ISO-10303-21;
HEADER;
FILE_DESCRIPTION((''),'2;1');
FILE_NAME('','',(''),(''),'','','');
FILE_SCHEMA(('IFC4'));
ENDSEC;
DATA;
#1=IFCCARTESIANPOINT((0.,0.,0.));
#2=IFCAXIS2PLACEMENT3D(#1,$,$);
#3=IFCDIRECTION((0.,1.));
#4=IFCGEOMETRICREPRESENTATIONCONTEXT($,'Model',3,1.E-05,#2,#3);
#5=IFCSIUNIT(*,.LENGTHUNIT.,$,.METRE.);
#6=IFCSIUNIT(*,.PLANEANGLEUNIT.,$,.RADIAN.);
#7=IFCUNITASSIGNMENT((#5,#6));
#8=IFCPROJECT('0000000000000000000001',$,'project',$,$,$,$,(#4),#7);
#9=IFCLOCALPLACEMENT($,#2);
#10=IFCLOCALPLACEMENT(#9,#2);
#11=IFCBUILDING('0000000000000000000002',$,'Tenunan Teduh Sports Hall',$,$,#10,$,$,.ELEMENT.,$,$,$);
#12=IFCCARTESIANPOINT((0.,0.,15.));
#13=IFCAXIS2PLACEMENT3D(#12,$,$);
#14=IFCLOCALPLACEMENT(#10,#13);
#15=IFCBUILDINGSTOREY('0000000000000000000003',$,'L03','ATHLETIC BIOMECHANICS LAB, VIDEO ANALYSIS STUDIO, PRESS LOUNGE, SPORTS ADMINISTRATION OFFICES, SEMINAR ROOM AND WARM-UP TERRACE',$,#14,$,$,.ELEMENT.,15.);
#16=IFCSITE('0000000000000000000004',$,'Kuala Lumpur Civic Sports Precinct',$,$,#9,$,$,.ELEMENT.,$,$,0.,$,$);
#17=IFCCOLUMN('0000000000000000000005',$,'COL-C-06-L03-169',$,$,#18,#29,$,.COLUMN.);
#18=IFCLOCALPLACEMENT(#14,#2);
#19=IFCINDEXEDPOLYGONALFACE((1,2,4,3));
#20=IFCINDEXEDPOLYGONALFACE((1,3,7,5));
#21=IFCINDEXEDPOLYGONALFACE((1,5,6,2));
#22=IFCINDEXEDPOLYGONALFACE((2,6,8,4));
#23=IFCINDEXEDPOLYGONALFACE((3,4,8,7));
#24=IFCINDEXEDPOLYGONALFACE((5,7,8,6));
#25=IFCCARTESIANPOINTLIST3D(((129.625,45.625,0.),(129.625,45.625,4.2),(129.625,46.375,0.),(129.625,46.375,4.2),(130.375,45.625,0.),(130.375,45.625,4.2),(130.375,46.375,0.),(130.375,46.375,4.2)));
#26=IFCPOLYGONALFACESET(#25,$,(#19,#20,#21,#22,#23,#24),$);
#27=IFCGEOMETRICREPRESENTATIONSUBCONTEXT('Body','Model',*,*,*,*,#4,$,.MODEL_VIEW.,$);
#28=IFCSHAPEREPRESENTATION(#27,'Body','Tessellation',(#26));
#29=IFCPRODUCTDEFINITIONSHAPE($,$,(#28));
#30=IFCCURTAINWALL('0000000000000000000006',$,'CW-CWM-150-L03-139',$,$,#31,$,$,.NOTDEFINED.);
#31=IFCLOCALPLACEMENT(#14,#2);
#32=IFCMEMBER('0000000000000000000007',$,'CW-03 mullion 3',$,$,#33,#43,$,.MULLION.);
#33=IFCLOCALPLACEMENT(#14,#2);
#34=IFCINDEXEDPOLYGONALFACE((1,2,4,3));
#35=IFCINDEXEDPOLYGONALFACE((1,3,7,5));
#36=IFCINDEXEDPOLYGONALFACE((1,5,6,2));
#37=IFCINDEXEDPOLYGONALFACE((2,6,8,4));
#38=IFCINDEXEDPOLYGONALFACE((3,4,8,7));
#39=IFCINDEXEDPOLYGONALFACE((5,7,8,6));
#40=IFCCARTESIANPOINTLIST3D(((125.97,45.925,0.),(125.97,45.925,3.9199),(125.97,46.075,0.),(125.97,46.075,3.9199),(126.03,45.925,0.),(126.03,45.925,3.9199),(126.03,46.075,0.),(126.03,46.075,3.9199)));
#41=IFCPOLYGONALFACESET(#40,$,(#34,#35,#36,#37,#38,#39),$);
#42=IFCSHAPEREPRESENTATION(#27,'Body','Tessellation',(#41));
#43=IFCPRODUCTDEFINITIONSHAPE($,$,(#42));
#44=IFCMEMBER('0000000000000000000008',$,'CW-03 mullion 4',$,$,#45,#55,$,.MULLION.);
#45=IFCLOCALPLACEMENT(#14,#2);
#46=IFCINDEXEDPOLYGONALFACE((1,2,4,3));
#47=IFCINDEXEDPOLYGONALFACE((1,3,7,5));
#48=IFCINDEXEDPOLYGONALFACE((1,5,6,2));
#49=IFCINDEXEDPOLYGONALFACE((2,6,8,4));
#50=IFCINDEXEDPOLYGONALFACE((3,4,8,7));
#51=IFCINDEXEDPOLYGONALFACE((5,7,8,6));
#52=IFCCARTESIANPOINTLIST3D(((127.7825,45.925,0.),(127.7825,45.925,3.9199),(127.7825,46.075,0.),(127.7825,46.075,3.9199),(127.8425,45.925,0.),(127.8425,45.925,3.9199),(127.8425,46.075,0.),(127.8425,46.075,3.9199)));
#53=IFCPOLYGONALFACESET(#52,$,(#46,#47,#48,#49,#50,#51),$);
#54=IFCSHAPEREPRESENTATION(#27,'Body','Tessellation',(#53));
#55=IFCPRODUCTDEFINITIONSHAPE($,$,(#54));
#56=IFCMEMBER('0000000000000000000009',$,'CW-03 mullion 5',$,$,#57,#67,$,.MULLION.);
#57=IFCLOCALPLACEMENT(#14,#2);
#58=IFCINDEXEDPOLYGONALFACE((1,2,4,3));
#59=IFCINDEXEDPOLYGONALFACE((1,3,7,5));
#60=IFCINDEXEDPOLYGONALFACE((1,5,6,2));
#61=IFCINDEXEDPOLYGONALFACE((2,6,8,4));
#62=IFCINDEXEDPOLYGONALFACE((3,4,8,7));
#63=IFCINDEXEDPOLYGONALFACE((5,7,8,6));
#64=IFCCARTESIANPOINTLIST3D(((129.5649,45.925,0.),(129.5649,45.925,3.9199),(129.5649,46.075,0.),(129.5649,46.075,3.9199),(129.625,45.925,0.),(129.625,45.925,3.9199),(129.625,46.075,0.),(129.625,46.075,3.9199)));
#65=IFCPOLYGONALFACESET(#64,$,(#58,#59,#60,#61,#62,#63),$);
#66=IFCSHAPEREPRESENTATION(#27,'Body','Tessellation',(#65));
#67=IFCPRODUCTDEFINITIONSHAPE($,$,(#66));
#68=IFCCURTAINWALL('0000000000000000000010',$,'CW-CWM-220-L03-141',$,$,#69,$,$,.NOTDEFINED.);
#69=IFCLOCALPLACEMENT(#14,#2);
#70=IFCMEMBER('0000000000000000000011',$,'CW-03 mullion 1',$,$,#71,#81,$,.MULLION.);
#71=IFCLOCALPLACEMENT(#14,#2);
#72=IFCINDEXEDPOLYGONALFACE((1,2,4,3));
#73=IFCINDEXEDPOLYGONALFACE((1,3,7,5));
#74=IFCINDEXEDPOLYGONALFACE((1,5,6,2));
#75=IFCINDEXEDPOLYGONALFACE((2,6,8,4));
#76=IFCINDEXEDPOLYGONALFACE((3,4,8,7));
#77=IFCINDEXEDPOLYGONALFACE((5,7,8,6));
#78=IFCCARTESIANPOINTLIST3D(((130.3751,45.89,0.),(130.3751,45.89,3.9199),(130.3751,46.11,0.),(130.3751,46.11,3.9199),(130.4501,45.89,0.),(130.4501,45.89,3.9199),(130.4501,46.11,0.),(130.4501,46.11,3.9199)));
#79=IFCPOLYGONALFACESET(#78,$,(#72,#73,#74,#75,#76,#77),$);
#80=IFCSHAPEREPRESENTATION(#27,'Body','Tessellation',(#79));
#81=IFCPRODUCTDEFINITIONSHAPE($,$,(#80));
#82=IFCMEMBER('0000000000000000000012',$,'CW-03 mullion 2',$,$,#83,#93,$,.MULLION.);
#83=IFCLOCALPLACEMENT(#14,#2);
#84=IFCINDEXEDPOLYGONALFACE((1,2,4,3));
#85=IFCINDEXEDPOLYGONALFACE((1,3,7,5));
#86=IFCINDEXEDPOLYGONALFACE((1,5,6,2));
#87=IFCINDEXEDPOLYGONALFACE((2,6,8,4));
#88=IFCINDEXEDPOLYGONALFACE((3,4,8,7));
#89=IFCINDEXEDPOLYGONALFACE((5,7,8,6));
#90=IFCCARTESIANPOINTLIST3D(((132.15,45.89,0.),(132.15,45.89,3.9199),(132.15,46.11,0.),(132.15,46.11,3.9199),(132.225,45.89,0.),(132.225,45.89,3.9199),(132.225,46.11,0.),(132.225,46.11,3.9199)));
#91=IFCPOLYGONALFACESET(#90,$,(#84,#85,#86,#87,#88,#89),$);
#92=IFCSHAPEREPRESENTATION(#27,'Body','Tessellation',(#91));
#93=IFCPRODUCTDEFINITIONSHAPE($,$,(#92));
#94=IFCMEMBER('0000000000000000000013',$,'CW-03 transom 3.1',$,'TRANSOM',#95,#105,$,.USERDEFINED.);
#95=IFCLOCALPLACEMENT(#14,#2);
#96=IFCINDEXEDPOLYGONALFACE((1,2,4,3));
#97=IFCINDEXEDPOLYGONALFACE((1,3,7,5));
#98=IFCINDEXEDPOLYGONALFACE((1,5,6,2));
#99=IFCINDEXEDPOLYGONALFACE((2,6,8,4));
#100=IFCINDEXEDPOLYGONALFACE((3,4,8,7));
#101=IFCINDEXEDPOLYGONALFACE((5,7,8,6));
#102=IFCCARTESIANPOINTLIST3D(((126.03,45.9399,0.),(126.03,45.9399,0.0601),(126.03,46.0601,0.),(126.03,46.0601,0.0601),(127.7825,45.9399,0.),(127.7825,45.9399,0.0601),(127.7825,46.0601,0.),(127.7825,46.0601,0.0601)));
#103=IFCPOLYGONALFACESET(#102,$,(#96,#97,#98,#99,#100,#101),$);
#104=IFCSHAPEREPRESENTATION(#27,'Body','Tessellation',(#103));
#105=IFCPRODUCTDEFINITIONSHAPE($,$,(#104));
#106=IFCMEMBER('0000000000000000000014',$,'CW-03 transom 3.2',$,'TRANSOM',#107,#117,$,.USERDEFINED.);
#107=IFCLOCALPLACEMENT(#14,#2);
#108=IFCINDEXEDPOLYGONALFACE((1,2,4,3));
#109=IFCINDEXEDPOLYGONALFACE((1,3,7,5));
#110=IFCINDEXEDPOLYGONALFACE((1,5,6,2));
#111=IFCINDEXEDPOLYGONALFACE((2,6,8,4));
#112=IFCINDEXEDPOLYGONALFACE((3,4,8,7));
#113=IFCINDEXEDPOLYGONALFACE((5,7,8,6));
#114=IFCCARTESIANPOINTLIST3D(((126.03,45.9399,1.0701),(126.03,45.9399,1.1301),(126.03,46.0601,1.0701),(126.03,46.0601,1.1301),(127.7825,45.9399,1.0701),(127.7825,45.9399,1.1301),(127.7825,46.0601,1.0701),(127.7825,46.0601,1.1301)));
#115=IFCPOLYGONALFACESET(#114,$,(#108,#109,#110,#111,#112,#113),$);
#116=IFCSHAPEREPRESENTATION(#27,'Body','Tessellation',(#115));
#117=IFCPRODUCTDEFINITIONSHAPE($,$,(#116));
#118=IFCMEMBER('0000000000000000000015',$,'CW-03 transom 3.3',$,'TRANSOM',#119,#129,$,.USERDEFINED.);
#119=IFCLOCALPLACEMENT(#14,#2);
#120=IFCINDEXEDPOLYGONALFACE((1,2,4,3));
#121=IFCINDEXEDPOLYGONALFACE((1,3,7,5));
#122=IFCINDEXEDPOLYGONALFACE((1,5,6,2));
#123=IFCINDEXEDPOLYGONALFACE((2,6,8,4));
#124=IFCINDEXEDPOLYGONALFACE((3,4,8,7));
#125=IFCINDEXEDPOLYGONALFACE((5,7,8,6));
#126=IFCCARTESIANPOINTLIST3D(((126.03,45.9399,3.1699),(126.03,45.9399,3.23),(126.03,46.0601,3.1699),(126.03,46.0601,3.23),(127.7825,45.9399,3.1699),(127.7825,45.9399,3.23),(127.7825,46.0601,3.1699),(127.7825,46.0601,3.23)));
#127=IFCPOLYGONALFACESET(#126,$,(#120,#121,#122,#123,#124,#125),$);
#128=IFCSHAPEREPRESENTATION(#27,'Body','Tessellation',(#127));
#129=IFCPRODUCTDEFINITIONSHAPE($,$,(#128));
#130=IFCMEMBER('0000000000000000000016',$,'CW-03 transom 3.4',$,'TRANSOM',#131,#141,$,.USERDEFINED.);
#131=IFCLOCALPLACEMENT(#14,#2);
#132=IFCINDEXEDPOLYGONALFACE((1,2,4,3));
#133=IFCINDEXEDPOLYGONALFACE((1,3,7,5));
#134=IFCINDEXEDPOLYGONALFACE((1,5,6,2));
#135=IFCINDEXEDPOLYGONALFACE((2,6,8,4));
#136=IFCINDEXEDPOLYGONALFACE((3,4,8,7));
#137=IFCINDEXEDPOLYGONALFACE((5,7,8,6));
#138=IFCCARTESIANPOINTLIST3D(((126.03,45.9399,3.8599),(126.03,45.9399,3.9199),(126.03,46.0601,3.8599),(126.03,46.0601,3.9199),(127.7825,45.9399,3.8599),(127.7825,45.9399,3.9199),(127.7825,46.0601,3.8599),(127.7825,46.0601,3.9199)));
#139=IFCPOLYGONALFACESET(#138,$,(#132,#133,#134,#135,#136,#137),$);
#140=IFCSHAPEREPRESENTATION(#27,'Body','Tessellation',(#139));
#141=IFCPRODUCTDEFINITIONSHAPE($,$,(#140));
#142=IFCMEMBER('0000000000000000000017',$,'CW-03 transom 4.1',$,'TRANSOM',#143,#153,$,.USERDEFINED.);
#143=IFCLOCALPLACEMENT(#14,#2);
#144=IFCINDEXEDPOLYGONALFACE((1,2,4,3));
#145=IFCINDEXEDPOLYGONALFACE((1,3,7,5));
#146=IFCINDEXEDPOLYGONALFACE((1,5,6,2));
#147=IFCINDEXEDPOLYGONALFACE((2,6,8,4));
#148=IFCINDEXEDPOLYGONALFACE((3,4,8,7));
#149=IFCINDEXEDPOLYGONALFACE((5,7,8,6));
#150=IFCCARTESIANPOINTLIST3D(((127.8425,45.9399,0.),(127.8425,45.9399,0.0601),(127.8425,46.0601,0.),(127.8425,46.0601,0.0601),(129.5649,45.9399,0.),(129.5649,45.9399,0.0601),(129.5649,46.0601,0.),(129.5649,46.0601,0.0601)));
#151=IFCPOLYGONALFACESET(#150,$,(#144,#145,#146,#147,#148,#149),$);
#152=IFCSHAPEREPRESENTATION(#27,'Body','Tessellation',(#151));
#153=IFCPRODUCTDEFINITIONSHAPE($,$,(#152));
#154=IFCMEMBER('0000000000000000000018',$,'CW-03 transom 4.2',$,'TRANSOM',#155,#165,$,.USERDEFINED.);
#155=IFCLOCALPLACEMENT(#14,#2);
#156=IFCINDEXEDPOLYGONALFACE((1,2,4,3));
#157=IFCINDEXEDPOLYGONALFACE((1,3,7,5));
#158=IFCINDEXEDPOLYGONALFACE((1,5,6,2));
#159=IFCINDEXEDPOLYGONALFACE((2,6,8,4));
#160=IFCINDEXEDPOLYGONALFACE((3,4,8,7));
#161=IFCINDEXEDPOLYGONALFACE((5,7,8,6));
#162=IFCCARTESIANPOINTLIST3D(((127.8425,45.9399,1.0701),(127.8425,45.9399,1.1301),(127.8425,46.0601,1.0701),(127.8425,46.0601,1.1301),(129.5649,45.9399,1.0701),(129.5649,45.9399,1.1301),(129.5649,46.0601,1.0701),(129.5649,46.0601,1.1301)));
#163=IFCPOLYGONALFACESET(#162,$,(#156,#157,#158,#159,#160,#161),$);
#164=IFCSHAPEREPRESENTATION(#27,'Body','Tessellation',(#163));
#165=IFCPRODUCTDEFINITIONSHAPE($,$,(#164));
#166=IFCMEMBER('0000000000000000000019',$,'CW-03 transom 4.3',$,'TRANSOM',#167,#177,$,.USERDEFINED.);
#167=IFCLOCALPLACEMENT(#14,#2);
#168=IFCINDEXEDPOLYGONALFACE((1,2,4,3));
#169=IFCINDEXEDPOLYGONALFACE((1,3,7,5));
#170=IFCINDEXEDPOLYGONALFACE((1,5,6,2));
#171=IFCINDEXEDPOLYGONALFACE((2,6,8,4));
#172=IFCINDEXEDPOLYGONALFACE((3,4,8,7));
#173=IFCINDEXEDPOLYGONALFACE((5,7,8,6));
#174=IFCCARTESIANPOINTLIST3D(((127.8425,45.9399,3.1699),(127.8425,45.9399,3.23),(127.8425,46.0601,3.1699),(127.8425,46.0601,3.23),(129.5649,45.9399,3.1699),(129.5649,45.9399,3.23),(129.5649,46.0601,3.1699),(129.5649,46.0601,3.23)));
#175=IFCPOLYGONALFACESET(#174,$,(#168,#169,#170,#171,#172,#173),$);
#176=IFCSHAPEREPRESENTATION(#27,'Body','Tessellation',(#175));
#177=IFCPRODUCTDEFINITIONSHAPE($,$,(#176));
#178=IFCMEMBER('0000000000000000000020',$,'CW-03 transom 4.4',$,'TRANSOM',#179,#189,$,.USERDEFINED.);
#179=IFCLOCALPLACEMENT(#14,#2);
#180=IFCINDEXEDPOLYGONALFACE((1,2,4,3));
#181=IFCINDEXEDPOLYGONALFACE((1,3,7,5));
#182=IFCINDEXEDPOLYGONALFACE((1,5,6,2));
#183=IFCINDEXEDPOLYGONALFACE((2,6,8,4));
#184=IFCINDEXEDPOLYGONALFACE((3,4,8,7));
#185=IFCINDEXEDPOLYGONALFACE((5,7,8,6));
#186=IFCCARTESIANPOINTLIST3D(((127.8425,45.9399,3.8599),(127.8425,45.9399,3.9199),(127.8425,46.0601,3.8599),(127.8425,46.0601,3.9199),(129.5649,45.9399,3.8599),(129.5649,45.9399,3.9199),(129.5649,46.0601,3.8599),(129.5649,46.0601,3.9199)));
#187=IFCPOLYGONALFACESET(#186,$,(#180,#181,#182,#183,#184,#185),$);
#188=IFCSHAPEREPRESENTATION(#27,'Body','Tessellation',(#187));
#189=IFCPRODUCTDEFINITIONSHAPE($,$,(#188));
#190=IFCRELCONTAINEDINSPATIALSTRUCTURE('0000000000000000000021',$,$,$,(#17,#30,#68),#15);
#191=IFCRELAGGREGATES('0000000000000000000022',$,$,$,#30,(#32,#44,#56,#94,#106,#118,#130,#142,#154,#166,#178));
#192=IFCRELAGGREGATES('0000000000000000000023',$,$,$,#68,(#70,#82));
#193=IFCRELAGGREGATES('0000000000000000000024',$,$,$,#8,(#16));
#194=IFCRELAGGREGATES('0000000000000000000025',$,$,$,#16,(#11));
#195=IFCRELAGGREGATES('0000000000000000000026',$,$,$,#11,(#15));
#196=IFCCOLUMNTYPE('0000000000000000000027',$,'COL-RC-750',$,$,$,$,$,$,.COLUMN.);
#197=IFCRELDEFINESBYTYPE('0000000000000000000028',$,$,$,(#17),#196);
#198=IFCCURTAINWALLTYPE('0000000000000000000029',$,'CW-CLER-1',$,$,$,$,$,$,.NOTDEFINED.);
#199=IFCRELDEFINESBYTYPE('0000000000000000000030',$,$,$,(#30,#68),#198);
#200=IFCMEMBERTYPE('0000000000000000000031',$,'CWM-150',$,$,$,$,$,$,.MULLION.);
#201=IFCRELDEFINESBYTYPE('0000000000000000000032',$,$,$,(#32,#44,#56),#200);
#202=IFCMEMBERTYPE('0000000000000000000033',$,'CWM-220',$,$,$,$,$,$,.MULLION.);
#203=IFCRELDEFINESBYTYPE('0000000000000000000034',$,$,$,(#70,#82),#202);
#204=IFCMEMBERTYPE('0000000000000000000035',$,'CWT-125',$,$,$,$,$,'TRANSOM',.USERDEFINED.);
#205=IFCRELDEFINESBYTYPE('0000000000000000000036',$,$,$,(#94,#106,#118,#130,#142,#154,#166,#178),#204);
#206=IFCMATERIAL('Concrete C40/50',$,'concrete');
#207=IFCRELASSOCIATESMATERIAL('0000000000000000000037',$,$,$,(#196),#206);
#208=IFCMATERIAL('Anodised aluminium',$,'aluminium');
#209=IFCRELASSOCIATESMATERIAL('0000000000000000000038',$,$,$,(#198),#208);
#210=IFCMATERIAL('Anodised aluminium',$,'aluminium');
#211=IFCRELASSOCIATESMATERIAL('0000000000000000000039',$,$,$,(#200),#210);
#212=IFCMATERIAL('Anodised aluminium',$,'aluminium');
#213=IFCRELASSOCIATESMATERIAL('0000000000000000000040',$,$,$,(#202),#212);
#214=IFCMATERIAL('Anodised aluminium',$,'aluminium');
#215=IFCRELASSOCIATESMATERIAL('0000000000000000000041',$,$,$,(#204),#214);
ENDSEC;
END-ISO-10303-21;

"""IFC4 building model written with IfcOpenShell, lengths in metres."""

from ifc_helpers import new_model, si_unit, direction, frame, origin, origin_2d, place, context, subcontext, project, spatial, rectangle, extrude, material, material_profile, profile_set, type_object, element, aggregate, save


model = new_model("IFC4")

# Units and contexts
model_context = context("Model", 3, precision=1e-05, world=origin(), true_north=direction((0.0, 1.0)))
body_context = subcontext(model_context, "Body", "Model", "MODEL_VIEW")
ifc_project = project(units=[si_unit("LENGTHUNIT", "METRE"), si_unit("PLANEANGLEUNIT", "RADIAN")], contexts=[model_context])

# Site, building, storey
site_placement = place(None, origin())
site = spatial("IfcSite", under=ifc_project, at=site_placement, Name="Kuala Lumpur Civic Sports Precinct", CompositionType="ELEMENT", RefElevation=0.0)
building_placement = place(site_placement, origin())
building = spatial("IfcBuilding", under=site, at=building_placement, Name="Tenunan Teduh Sports Hall", CompositionType="ELEMENT")
storey_placement = place(building_placement, frame((0.0, 0.0, 15.0)))
storey = spatial("IfcBuildingStorey", under=building, at=storey_placement, Name="L03", Description="ATHLETIC BIOMECHANICS LAB, VIDEO ANALYSIS STUDIO, PRESS LOUNGE, SPORTS ADMINISTRATION OFFICES, SEMINAR ROOM AND WARM-UP TERRACE", CompositionType="ELEMENT", Elevation=15.0)

# Column
ifc_material_1 = material(Name="Concrete C40/50", Category="concrete")
ifc_material_profile_1 = material_profile(ifc_material_1, rectangle(XDim=0.75, YDim=0.75, at=origin_2d()), Name="RC 750x750")
ifc_profile_set_1 = profile_set([ifc_material_profile_1], Name="Concrete C40/50")
column_type = type_object("IfcColumnType", Name="COL-RC-750", PredefinedType="COLUMN", material=ifc_profile_set_1)
column_placement = place(storey_placement, frame((130.0, 46.0, 0.0), z_axis=(0.0, 0.0, 1.0), x_axis=(1.0, 0.0, 0.0)))
element("IfcColumn", 1, at=column_placement, inside=storey, type_object=column_type, Name="COL-C-06-L03-169", PredefinedType="COLUMN", context=body_context, shape_type="SweptSolid", body=[
    extrude(rectangle(XDim=0.75, YDim=0.75, at=origin_2d()), origin(), (0.0, 0.0, 1.0), 4.2),
])

# Curtain walls, members
ifc_material_2 = material(Name="Anodised aluminium", Category="aluminium")
curtain_wall_type = type_object("IfcCurtainWallType", Name="CW-CLER-1", PredefinedType="NOTDEFINED", material=ifc_material_2)
curtain_wall_1_placement = place(storey_placement, origin())
curtain_wall_1 = element("IfcCurtainWall", 2, at=curtain_wall_1_placement, inside=storey, type_object=curtain_wall_type, Name="CW-CWM-150-L03-139", PredefinedType="NOTDEFINED")
ifc_material_3 = material(Name="Anodised aluminium", Category="aluminium")
ifc_material_profile_2 = material_profile(ifc_material_3, rectangle(XDim=0.0601, YDim=0.1499, at=origin_2d()), Name="CWM 60x150")
ifc_profile_set_2 = profile_set([ifc_material_profile_2], Name="Anodised aluminium")
member_type_1 = type_object("IfcMemberType", Name="CWM-150", PredefinedType="MULLION", material=ifc_profile_set_2)
member_1_placement = place(storey_placement, frame((126.0, 46.0, 0.0), z_axis=(0.0, 0.0, 1.0), x_axis=(1.0, 0.0, 0.0)))
member_1 = element("IfcMember", 3, at=member_1_placement, type_object=member_type_1, Name="CW-03 mullion 3", PredefinedType="MULLION", context=body_context, shape_type="SweptSolid", body=[
    extrude(rectangle(XDim=0.0601, YDim=0.1499, at=origin_2d()), origin(), (0.0, 0.0, 1.0), 3.9199),
])
member_2_placement = place(storey_placement, frame((127.8125, 46.0, 0.0), z_axis=(0.0, 0.0, 1.0), x_axis=(1.0, 0.0, 0.0)))
member_2 = element("IfcMember", 4, at=member_2_placement, type_object=member_type_1, Name="CW-03 mullion 4", PredefinedType="MULLION", context=body_context, shape_type="SweptSolid", body=[
    extrude(rectangle(XDim=0.0601, YDim=0.1499, at=origin_2d()), origin(), (0.0, 0.0, 1.0), 3.9199),
])
member_3_placement = place(storey_placement, frame((129.595, 46.0, 0.0), z_axis=(0.0, 0.0, 1.0), x_axis=(1.0, 0.0, 0.0)))
member_3 = element("IfcMember", 5, at=member_3_placement, type_object=member_type_1, Name="CW-03 mullion 5", PredefinedType="MULLION", context=body_context, shape_type="SweptSolid", body=[
    extrude(rectangle(XDim=0.0601, YDim=0.1499, at=origin_2d()), origin(), (0.0, 0.0, 1.0), 3.9199),
])
curtain_wall_2_placement = place(storey_placement, origin())
curtain_wall_2 = element("IfcCurtainWall", 6, at=curtain_wall_2_placement, inside=storey, type_object=curtain_wall_type, Name="CW-CWM-220-L03-141", PredefinedType="NOTDEFINED")
ifc_material_4 = material(Name="Anodised aluminium", Category="aluminium")
ifc_material_profile_3 = material_profile(ifc_material_4, rectangle(XDim=0.075, YDim=0.22, at=origin_2d()), Name="CWM 75x220")
ifc_profile_set_3 = profile_set([ifc_material_profile_3], Name="Anodised aluminium")
member_type_2 = type_object("IfcMemberType", Name="CWM-220", PredefinedType="MULLION", material=ifc_profile_set_3)
member_4_placement = place(storey_placement, frame((130.4126, 46.0, 0.0), z_axis=(0.0, 0.0, 1.0), x_axis=(1.0, 0.0, 0.0)))
member_4 = element("IfcMember", 7, at=member_4_placement, type_object=member_type_2, Name="CW-03 mullion 1", PredefinedType="MULLION", context=body_context, shape_type="SweptSolid", body=[
    extrude(rectangle(XDim=0.075, YDim=0.22, at=origin_2d()), origin(), (0.0, 0.0, 1.0), 3.9199),
])
member_5_placement = place(storey_placement, frame((132.1875, 46.0, 0.0), z_axis=(0.0, 0.0, 1.0), x_axis=(1.0, 0.0, 0.0)))
member_5 = element("IfcMember", 8, at=member_5_placement, type_object=member_type_2, Name="CW-03 mullion 2", PredefinedType="MULLION", context=body_context, shape_type="SweptSolid", body=[
    extrude(rectangle(XDim=0.075, YDim=0.22, at=origin_2d()), origin(), (0.0, 0.0, 1.0), 3.9199),
])

# Members
ifc_material_5 = material(Name="Anodised aluminium", Category="aluminium")
ifc_material_profile_4 = material_profile(ifc_material_5, rectangle(XDim=0.0601, YDim=0.1201, at=origin_2d()), Name="CWT 60x120")
ifc_profile_set_4 = profile_set([ifc_material_profile_4], Name="Anodised aluminium")
member_type_3 = type_object("IfcMemberType", Name="CWT-125", ElementType="TRANSOM", PredefinedType="USERDEFINED", material=ifc_profile_set_4)
member_6_placement = place(storey_placement, frame((126.03, 46.0, 0.03), z_axis=(1.0, 0.0, 0.0), x_axis=(0.0, 0.0, 1.0)))
member_6 = element("IfcMember", 9, at=member_6_placement, type_object=member_type_3, Name="CW-03 transom 3.1", ObjectType="TRANSOM", PredefinedType="USERDEFINED", context=body_context, shape_type="SweptSolid", body=[
    extrude(rectangle(XDim=0.0601, YDim=0.1201, at=origin_2d()), origin(), (0.0, 0.0, 1.0), 1.7524),
])
member_7_placement = place(storey_placement, frame((126.03, 46.0, 1.1001), z_axis=(1.0, 0.0, 0.0), x_axis=(0.0, 0.0, 1.0)))
member_7 = element("IfcMember", 10, at=member_7_placement, type_object=member_type_3, Name="CW-03 transom 3.2", ObjectType="TRANSOM", PredefinedType="USERDEFINED", context=body_context, shape_type="SweptSolid", body=[
    extrude(rectangle(XDim=0.0601, YDim=0.1201, at=origin_2d()), origin(), (0.0, 0.0, 1.0), 1.7524),
])
member_8_placement = place(storey_placement, frame((126.03, 46.0, 3.2), z_axis=(1.0, 0.0, 0.0), x_axis=(0.0, 0.0, 1.0)))
member_8 = element("IfcMember", 11, at=member_8_placement, type_object=member_type_3, Name="CW-03 transom 3.3", ObjectType="TRANSOM", PredefinedType="USERDEFINED", context=body_context, shape_type="SweptSolid", body=[
    extrude(rectangle(XDim=0.0601, YDim=0.1201, at=origin_2d()), origin(), (0.0, 0.0, 1.0), 1.7524),
])
member_9_placement = place(storey_placement, frame((126.03, 46.0, 3.8899), z_axis=(1.0, 0.0, 0.0), x_axis=(0.0, 0.0, 1.0)))
member_9 = element("IfcMember", 12, at=member_9_placement, type_object=member_type_3, Name="CW-03 transom 3.4", ObjectType="TRANSOM", PredefinedType="USERDEFINED", context=body_context, shape_type="SweptSolid", body=[
    extrude(rectangle(XDim=0.0601, YDim=0.1201, at=origin_2d()), origin(), (0.0, 0.0, 1.0), 1.7524),
])
member_10_placement = place(storey_placement, frame((127.8425, 46.0, 0.03), z_axis=(1.0, 0.0, 0.0), x_axis=(0.0, 0.0, 1.0)))
member_10 = element("IfcMember", 13, at=member_10_placement, type_object=member_type_3, Name="CW-03 transom 4.1", ObjectType="TRANSOM", PredefinedType="USERDEFINED", context=body_context, shape_type="SweptSolid", body=[
    extrude(rectangle(XDim=0.0601, YDim=0.1201, at=origin_2d()), origin(), (0.0, 0.0, 1.0), 1.7224),
])
member_11_placement = place(storey_placement, frame((127.8425, 46.0, 1.1001), z_axis=(1.0, 0.0, 0.0), x_axis=(0.0, 0.0, 1.0)))
member_11 = element("IfcMember", 14, at=member_11_placement, type_object=member_type_3, Name="CW-03 transom 4.2", ObjectType="TRANSOM", PredefinedType="USERDEFINED", context=body_context, shape_type="SweptSolid", body=[
    extrude(rectangle(XDim=0.0601, YDim=0.1201, at=origin_2d()), origin(), (0.0, 0.0, 1.0), 1.7224),
])
member_12_placement = place(storey_placement, frame((127.8425, 46.0, 3.2), z_axis=(1.0, 0.0, 0.0), x_axis=(0.0, 0.0, 1.0)))
member_12 = element("IfcMember", 15, at=member_12_placement, type_object=member_type_3, Name="CW-03 transom 4.3", ObjectType="TRANSOM", PredefinedType="USERDEFINED", context=body_context, shape_type="SweptSolid", body=[
    extrude(rectangle(XDim=0.0601, YDim=0.1201, at=origin_2d()), origin(), (0.0, 0.0, 1.0), 1.7224),
])
member_13_placement = place(storey_placement, frame((127.8425, 46.0, 3.8899), z_axis=(1.0, 0.0, 0.0), x_axis=(0.0, 0.0, 1.0)))
member_13 = element("IfcMember", 16, at=member_13_placement, type_object=member_type_3, Name="CW-03 transom 4.4", ObjectType="TRANSOM", PredefinedType="USERDEFINED", context=body_context, shape_type="SweptSolid", body=[
    extrude(rectangle(XDim=0.0601, YDim=0.1201, at=origin_2d()), origin(), (0.0, 0.0, 1.0), 1.7224),
])

aggregate(curtain_wall_1, [member_1, member_2, member_3, member_6, member_7, member_8, member_9, member_10, member_11, member_12, member_13])
aggregate(curtain_wall_2, [member_4, member_5])

save(model, "model.ifc")
